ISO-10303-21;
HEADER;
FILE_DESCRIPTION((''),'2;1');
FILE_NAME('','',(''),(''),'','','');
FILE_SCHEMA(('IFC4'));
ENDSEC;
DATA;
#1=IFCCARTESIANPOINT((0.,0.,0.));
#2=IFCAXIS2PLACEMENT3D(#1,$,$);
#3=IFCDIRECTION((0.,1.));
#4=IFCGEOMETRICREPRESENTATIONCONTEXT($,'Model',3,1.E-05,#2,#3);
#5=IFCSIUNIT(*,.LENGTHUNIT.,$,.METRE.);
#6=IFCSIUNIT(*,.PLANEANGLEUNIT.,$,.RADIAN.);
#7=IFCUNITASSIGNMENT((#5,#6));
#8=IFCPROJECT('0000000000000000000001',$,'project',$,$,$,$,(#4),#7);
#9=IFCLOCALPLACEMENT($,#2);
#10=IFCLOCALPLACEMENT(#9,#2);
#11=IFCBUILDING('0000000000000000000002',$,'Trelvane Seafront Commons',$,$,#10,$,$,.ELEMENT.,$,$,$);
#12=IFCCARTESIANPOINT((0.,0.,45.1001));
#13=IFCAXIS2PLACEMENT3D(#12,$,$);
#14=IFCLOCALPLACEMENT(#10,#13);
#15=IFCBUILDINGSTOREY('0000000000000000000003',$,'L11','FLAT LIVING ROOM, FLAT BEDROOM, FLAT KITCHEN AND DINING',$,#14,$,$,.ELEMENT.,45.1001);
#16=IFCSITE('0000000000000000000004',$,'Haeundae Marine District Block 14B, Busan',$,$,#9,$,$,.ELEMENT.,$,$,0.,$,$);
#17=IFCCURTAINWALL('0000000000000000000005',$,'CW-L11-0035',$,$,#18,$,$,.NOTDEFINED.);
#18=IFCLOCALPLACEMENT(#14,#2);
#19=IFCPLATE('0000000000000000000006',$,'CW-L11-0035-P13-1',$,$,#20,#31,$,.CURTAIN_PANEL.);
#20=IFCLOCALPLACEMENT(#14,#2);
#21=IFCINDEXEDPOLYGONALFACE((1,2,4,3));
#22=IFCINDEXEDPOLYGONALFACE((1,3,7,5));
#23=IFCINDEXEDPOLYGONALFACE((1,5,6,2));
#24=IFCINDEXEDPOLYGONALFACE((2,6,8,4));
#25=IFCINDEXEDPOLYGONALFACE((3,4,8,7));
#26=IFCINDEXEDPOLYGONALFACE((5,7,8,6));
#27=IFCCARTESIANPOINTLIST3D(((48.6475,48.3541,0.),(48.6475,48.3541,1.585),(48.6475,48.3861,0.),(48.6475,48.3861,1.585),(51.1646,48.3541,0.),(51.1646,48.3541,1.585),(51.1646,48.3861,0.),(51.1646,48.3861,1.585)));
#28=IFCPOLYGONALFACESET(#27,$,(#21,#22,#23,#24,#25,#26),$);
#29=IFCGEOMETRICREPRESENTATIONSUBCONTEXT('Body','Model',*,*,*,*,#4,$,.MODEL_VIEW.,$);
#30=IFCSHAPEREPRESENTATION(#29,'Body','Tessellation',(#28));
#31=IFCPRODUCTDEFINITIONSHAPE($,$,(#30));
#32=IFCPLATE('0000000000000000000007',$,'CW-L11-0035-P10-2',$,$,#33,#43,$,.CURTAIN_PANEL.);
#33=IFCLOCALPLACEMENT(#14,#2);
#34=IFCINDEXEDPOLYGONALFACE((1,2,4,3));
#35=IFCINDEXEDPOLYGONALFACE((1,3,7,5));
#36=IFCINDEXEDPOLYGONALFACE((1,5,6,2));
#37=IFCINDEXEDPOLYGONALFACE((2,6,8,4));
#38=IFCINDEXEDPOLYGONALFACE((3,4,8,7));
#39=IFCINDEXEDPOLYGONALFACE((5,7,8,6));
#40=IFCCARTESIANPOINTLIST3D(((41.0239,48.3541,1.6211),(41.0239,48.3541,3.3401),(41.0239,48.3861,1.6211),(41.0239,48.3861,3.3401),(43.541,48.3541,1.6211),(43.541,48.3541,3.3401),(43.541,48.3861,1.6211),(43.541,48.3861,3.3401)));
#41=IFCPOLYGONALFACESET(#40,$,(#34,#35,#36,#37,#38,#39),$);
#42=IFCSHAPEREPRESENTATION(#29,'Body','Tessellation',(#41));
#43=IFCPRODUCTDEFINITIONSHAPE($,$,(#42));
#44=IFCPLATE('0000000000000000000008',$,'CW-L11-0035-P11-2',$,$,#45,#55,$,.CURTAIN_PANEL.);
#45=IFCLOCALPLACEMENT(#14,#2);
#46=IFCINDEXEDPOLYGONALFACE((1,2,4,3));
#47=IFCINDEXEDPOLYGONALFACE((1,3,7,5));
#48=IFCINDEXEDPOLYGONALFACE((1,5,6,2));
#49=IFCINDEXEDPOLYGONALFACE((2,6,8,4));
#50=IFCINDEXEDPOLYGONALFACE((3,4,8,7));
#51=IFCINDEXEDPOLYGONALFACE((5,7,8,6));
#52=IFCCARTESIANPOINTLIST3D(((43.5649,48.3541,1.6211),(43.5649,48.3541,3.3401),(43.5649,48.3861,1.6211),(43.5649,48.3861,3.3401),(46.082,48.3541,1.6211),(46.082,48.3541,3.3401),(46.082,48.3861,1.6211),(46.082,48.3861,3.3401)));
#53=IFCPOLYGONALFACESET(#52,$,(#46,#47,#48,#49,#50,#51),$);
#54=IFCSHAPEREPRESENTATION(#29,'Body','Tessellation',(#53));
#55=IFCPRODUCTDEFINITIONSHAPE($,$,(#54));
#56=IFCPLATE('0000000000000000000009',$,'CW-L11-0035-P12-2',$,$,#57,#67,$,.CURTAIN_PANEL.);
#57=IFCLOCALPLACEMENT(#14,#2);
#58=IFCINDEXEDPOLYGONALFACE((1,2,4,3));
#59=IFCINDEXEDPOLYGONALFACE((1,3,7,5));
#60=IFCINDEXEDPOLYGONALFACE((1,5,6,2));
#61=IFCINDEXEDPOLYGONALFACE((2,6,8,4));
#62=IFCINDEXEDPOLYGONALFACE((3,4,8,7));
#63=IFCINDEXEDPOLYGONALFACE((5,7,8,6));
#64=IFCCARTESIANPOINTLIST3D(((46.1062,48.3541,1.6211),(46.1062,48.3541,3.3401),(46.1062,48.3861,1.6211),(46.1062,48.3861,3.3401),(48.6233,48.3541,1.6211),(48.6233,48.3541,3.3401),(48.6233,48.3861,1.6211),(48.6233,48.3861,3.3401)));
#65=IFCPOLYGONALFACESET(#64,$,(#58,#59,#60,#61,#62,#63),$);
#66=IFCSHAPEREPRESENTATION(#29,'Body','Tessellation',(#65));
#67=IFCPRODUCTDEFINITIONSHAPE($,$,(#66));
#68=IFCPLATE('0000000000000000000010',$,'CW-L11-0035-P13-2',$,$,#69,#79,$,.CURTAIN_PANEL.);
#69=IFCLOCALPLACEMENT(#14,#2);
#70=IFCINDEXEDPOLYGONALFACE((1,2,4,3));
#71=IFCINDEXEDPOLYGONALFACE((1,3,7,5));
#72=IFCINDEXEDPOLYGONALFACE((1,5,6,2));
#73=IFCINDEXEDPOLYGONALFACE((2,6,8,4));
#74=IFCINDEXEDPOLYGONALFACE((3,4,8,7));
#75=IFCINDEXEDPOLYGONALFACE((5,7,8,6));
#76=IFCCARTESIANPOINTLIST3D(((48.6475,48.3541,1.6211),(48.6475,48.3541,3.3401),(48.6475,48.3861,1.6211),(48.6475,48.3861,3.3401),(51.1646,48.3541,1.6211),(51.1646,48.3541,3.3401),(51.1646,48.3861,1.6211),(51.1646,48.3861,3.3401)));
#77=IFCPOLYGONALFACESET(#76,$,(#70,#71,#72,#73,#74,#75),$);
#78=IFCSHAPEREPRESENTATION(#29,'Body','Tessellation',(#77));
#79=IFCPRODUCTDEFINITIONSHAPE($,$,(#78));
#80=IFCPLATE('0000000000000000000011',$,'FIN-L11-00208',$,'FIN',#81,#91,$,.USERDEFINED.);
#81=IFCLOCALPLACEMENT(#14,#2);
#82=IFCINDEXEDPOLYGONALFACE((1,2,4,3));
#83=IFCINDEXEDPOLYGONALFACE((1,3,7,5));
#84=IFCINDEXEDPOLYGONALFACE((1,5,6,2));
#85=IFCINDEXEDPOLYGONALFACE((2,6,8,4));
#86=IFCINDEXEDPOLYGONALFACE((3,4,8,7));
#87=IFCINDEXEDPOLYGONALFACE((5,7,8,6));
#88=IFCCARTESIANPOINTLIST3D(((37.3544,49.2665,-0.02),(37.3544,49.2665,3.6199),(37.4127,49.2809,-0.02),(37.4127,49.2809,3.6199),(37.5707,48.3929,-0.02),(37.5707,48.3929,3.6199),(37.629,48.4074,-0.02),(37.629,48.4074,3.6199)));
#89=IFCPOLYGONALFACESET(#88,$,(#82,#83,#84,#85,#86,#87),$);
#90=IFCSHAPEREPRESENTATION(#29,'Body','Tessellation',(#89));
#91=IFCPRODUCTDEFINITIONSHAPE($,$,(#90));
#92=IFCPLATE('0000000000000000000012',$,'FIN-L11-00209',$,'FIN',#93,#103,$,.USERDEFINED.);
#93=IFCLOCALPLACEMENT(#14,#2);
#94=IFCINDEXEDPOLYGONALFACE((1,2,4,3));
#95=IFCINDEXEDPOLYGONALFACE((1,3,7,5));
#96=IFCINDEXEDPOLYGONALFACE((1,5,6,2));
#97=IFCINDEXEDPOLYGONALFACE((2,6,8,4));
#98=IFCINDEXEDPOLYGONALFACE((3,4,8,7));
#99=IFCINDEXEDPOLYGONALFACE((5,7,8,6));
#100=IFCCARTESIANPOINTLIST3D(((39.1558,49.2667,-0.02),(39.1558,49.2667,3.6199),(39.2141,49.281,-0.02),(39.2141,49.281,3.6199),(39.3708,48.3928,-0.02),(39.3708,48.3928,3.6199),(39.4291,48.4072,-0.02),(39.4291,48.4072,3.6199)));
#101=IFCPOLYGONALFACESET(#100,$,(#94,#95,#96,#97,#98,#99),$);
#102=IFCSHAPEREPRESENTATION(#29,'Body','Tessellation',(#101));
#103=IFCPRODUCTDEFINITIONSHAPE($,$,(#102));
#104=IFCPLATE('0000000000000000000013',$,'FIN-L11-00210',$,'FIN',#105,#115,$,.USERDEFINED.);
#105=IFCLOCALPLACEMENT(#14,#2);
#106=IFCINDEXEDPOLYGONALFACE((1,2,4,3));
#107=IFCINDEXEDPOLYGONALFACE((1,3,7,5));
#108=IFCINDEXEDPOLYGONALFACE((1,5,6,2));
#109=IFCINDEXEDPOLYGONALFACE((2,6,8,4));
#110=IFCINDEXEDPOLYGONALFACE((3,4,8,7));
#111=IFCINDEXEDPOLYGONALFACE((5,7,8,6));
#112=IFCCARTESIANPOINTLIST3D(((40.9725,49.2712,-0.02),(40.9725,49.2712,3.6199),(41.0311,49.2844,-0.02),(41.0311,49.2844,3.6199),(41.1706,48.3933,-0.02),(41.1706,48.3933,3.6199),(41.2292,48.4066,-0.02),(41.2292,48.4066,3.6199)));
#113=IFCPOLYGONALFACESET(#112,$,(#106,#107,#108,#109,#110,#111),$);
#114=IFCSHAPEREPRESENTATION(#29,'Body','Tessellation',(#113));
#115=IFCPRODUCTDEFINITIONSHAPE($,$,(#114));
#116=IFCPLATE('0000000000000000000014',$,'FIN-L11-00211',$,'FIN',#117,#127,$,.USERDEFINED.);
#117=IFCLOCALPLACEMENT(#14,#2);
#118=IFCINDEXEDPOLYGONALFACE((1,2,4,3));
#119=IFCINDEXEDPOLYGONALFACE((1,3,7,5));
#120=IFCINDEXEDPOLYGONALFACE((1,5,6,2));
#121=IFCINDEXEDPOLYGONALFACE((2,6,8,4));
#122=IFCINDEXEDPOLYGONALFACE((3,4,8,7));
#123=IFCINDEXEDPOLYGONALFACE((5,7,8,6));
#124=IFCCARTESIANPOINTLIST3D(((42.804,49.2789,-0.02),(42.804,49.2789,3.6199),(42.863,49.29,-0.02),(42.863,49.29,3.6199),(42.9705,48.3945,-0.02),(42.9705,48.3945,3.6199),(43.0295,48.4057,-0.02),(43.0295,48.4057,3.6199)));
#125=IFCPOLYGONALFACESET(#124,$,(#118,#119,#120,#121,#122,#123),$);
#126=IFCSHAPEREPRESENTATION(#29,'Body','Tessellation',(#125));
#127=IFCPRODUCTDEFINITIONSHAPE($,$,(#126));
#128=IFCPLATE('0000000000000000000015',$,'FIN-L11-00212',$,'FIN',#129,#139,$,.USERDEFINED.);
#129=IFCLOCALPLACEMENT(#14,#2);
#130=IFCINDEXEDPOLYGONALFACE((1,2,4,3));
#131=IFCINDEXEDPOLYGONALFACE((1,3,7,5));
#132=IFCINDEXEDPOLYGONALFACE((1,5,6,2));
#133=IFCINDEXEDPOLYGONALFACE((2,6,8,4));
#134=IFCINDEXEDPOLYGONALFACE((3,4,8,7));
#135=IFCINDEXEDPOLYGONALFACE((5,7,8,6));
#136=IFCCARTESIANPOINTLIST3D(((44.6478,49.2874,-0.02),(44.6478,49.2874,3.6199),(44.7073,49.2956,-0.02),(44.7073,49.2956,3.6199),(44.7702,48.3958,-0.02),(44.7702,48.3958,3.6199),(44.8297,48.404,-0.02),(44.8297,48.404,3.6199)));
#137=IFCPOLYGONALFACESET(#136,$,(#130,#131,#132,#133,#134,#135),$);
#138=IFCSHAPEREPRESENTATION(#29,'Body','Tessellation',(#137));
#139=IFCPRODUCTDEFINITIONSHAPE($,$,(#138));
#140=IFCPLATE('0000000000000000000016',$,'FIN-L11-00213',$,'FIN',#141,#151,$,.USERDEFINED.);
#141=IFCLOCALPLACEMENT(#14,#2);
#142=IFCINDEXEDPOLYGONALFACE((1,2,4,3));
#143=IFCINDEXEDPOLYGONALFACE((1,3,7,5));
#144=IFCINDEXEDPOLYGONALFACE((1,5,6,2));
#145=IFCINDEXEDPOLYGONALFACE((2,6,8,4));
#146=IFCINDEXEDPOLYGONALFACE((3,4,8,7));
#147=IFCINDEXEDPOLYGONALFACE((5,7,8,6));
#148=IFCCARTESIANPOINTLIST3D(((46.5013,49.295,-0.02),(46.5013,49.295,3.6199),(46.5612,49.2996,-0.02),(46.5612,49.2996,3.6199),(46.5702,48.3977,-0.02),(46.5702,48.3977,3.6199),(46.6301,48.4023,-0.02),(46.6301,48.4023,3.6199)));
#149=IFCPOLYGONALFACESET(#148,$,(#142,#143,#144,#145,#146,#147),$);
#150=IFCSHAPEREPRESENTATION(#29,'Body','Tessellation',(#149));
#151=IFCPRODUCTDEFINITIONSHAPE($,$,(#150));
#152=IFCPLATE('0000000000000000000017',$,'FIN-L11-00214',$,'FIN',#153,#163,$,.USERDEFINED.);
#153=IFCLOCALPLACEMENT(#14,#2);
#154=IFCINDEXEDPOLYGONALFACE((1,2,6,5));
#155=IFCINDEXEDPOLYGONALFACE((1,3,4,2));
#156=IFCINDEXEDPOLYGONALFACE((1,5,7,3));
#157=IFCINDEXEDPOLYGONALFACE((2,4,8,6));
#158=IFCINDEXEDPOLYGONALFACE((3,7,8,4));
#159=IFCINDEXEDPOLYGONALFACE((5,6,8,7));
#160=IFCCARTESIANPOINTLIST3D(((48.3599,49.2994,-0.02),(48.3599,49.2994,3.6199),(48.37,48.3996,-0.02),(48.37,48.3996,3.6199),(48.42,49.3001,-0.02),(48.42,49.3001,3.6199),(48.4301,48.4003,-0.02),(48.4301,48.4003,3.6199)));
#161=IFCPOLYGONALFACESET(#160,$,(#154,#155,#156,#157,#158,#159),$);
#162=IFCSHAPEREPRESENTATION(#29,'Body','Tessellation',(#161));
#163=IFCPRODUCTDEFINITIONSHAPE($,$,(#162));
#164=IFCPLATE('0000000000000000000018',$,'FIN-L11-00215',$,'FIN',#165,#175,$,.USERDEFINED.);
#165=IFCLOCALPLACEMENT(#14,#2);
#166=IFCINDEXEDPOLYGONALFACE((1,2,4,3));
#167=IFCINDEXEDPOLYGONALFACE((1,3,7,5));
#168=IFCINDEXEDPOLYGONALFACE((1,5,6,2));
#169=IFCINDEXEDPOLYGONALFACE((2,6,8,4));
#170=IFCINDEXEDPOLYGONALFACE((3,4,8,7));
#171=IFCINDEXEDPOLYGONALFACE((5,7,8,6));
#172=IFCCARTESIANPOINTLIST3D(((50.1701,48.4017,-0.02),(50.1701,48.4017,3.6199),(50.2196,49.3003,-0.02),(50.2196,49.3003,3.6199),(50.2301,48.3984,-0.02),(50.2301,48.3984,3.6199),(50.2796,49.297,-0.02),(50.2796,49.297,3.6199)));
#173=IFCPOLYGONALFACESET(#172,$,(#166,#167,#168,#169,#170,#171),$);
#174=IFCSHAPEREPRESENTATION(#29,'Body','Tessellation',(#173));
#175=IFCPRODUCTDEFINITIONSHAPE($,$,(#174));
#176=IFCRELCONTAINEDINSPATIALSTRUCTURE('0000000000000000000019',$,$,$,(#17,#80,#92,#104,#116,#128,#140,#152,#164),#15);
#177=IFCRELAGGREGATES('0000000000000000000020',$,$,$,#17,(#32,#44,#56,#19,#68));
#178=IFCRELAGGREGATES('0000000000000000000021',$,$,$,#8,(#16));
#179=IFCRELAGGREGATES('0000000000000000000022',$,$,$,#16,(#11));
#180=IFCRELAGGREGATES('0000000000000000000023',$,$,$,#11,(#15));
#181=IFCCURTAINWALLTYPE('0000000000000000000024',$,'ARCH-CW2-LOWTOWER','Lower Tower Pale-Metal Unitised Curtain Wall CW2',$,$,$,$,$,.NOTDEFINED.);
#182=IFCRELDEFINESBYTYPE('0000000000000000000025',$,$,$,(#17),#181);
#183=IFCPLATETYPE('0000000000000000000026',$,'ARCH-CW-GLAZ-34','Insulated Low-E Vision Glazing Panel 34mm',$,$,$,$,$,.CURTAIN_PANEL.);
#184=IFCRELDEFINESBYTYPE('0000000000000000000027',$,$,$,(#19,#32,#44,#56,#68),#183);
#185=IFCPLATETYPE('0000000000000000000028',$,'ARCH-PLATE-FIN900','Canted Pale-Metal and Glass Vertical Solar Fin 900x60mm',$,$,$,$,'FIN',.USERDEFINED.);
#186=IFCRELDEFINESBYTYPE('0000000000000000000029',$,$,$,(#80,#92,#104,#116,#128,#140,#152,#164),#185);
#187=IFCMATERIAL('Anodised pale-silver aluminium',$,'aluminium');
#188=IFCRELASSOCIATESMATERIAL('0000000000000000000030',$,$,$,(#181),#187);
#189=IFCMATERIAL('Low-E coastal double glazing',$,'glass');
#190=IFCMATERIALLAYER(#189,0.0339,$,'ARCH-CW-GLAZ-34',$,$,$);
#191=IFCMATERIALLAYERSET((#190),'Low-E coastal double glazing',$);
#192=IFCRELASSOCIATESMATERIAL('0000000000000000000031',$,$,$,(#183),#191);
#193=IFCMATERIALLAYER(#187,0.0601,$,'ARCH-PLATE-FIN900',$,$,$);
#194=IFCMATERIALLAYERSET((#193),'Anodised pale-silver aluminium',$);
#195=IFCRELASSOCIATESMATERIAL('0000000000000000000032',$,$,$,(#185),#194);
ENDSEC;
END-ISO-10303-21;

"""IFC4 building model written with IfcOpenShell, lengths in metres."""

from ifc_helpers import new_model, si_unit, direction, frame, origin, origin_2d, place, context, subcontext, project, spatial, rectangle, extrude, source, transform, mapped, material, layer, layer_set, type_object, element, aggregate, save


model = new_model("IFC4")

# Units and contexts
model_context = context("Model", 3, precision=1e-05, world=origin(), true_north=direction((0.0, 1.0)))
body_context = subcontext(model_context, "Body", "Model", "MODEL_VIEW")
ifc_project = project(units=[si_unit("LENGTHUNIT", "METRE"), si_unit("PLANEANGLEUNIT", "RADIAN")], contexts=[model_context])

# Site, building, storey
site_placement = place(None, origin())
site = spatial("IfcSite", under=ifc_project, at=site_placement, Name="Haeundae Marine District Block 14B, Busan", CompositionType="ELEMENT", RefElevation=0.0)
building_placement = place(site_placement, origin())
building = spatial("IfcBuilding", under=site, at=building_placement, Name="Trelvane Seafront Commons", CompositionType="ELEMENT")
storey_placement = place(building_placement, frame((0.0, 0.0, 45.1001)))
storey = spatial("IfcBuildingStorey", under=building, at=storey_placement, Name="L11", Description="FLAT LIVING ROOM, FLAT BEDROOM, FLAT KITCHEN AND DINING", CompositionType="ELEMENT", Elevation=45.1001)

# Curtain wall, plates
ifc_material_1 = material(Name="Anodised pale-silver aluminium", Category="aluminium")
curtain_wall_type = type_object("IfcCurtainWallType", Name="ARCH-CW2-LOWTOWER", Description="Lower Tower Pale-Metal Unitised Curtain Wall CW2", PredefinedType="NOTDEFINED", material=ifc_material_1)
curtain_wall_placement = place(storey_placement, origin())
curtain_wall = element("IfcCurtainWall", 1, at=curtain_wall_placement, inside=storey, type_object=curtain_wall_type, Name="CW-L11-0035", PredefinedType="NOTDEFINED")
ifc_material_2 = material(Name="Low-E coastal double glazing", Category="glass")
ifc_layer_1 = layer(ifc_material_2, 0.0339, Name="ARCH-CW-GLAZ-34")
ifc_layer_set_1 = layer_set([ifc_layer_1], Name="Low-E coastal double glazing")
plate_type_1 = type_object("IfcPlateType", Name="ARCH-CW-GLAZ-34", Description="Insulated Low-E Vision Glazing Panel 34mm", PredefinedType="CURTAIN_PANEL", material=ifc_layer_set_1)
shared_shape_1 = source(origin(), body_context, "Body", "SweptSolid", [
    extrude(rectangle(XDim=2.5171, YDim=0.032, at=origin_2d()), origin(), (0.0, 0.0, 1.0), 1.585),
])
plate_1_placement = place(storey_placement, frame((49.906, 48.3701, 0.0), z_axis=(0.0, 0.0, 1.0), x_axis=(1.0, 0.0, 0.0)))
plate_1 = element("IfcPlate", 2, at=plate_1_placement, type_object=plate_type_1, Name="CW-L11-0035-P13-1", PredefinedType="CURTAIN_PANEL", context=body_context, shape_type="MappedRepresentation", body=[
    mapped(shared_shape_1, transform((0.0, 0.0, 0.0), x_axis=(1.0, 0.0, 0.0), y_axis=(0.0, 1.0, 0.0), z_axis=(0.0, 0.0, 1.0), scale=1.0)),
])
shared_shape_2 = source(origin(), body_context, "Body", "SweptSolid", [
    extrude(rectangle(XDim=2.5171, YDim=0.032, at=origin_2d()), origin(), (0.0, 0.0, 1.0), 1.719),
])
plate_2_placement = place(storey_placement, frame((42.2825, 48.3701, 1.6211), z_axis=(0.0, 0.0, 1.0), x_axis=(1.0, 0.0, 0.0)))
plate_2 = element("IfcPlate", 3, at=plate_2_placement, type_object=plate_type_1, Name="CW-L11-0035-P10-2", PredefinedType="CURTAIN_PANEL", context=body_context, shape_type="MappedRepresentation", body=[
    mapped(shared_shape_2, transform((0.0, 0.0, 0.0), x_axis=(1.0, 0.0, 0.0), y_axis=(0.0, 1.0, 0.0), z_axis=(0.0, 0.0, 1.0), scale=1.0)),
])
plate_3_placement = place(storey_placement, frame((44.8235, 48.3701, 1.6211), z_axis=(0.0, 0.0, 1.0), x_axis=(1.0, 0.0, 0.0)))
plate_3 = element("IfcPlate", 4, at=plate_3_placement, type_object=plate_type_1, Name="CW-L11-0035-P11-2", PredefinedType="CURTAIN_PANEL", context=body_context, shape_type="MappedRepresentation", body=[
    mapped(shared_shape_2, transform((0.0, 0.0, 0.0), x_axis=(1.0, 0.0, 0.0), y_axis=(0.0, 1.0, 0.0), z_axis=(0.0, 0.0, 1.0), scale=1.0)),
])
plate_4_placement = place(storey_placement, frame((47.3647, 48.3701, 1.6211), z_axis=(0.0, 0.0, 1.0), x_axis=(1.0, 0.0, 0.0)))
plate_4 = element("IfcPlate", 5, at=plate_4_placement, type_object=plate_type_1, Name="CW-L11-0035-P12-2", PredefinedType="CURTAIN_PANEL", context=body_context, shape_type="MappedRepresentation", body=[
    mapped(shared_shape_2, transform((0.0, 0.0, 0.0), x_axis=(1.0, 0.0, 0.0), y_axis=(0.0, 1.0, 0.0), z_axis=(0.0, 0.0, 1.0), scale=1.0)),
])
plate_5_placement = place(storey_placement, frame((49.906, 48.3701, 1.6211), z_axis=(0.0, 0.0, 1.0), x_axis=(1.0, 0.0, 0.0)))
plate_5 = element("IfcPlate", 6, at=plate_5_placement, type_object=plate_type_1, Name="CW-L11-0035-P13-2", PredefinedType="CURTAIN_PANEL", context=body_context, shape_type="MappedRepresentation", body=[
    mapped(shared_shape_2, transform((0.0, 0.0, 0.0), x_axis=(1.0, 0.0, 0.0), y_axis=(0.0, 1.0, 0.0), z_axis=(0.0, 0.0, 1.0), scale=1.0)),
])
aggregate(curtain_wall, [plate_2, plate_3, plate_4, plate_1, plate_5])

# Plates
ifc_layer_2 = layer(ifc_material_1, 0.0601, Name="ARCH-PLATE-FIN900")
ifc_layer_set_2 = layer_set([ifc_layer_2], Name="Anodised pale-silver aluminium")
plate_type_2 = type_object("IfcPlateType", Name="ARCH-PLATE-FIN900", Description="Canted Pale-Metal and Glass Vertical Solar Fin 900x60mm", ElementType="FIN", PredefinedType="USERDEFINED", material=ifc_layer_set_2)
shared_shape_3 = source(origin(), body_context, "Body", "SweptSolid", [
    extrude(rectangle(XDim=0.8999, YDim=0.0601, at=origin_2d()), origin(), (0.0, 0.0, 1.0), 3.6399),
])
for number, where, z_axis, x_axis, name in (
    (7, (37.4917, 48.8369, -0.02), (0.0, 0.0, 1.0), (-0.240338, 0.970689, 0.0), "FIN-L11-00208"),
    (8, (39.2925, 48.8369, -0.02), (0.0, 0.0, 1.0), (-0.2389, 0.971044, 0.0), "FIN-L11-00209"),
    (9, (41.1008, 48.8389, -0.02), (0.0, 0.0, 1.0), (-0.220117, 0.975473, 0.0), "FIN-L11-00210"),
    (10, (42.9167, 48.8423, -0.02), (0.0, 0.0, 1.0), (-0.184993, 0.98274, 0.0), "FIN-L11-00211"),
    (11, (44.7388, 48.8457, -0.02), (0.0, 0.0, 1.0), (-0.136006, 0.990708, 0.0), "FIN-L11-00212"),
    (12, (46.5657, 48.8486, -0.02), (0.0, 0.0, 1.0), (-0.076552, 0.997066, 0.0), "FIN-L11-00213"),
    (13, (48.395, 48.8499, -0.02), (0.0, 0.0, 1.0), (-0.011222, 0.999937, 0.0), "FIN-L11-00214"),
    (14, (50.2249, 48.8494, -0.02), (0.0, 0.0, 1.0), (0.055002, 0.998486, 0.0), "FIN-L11-00215"),
):
    element("IfcPlate", number, at=place(storey_placement, frame(where, z_axis=z_axis, x_axis=x_axis)), inside=storey, type_object=plate_type_2, Name=name, ObjectType="FIN", PredefinedType="USERDEFINED", context=body_context, shape_type="MappedRepresentation", body=[
        mapped(shared_shape_3, transform((0.0, 0.0, 0.0), x_axis=(1.0, 0.0, 0.0), y_axis=(0.0, 1.0, 0.0), z_axis=(0.0, 0.0, 1.0), scale=1.0)),
    ])

save(model, "model.ifc")
